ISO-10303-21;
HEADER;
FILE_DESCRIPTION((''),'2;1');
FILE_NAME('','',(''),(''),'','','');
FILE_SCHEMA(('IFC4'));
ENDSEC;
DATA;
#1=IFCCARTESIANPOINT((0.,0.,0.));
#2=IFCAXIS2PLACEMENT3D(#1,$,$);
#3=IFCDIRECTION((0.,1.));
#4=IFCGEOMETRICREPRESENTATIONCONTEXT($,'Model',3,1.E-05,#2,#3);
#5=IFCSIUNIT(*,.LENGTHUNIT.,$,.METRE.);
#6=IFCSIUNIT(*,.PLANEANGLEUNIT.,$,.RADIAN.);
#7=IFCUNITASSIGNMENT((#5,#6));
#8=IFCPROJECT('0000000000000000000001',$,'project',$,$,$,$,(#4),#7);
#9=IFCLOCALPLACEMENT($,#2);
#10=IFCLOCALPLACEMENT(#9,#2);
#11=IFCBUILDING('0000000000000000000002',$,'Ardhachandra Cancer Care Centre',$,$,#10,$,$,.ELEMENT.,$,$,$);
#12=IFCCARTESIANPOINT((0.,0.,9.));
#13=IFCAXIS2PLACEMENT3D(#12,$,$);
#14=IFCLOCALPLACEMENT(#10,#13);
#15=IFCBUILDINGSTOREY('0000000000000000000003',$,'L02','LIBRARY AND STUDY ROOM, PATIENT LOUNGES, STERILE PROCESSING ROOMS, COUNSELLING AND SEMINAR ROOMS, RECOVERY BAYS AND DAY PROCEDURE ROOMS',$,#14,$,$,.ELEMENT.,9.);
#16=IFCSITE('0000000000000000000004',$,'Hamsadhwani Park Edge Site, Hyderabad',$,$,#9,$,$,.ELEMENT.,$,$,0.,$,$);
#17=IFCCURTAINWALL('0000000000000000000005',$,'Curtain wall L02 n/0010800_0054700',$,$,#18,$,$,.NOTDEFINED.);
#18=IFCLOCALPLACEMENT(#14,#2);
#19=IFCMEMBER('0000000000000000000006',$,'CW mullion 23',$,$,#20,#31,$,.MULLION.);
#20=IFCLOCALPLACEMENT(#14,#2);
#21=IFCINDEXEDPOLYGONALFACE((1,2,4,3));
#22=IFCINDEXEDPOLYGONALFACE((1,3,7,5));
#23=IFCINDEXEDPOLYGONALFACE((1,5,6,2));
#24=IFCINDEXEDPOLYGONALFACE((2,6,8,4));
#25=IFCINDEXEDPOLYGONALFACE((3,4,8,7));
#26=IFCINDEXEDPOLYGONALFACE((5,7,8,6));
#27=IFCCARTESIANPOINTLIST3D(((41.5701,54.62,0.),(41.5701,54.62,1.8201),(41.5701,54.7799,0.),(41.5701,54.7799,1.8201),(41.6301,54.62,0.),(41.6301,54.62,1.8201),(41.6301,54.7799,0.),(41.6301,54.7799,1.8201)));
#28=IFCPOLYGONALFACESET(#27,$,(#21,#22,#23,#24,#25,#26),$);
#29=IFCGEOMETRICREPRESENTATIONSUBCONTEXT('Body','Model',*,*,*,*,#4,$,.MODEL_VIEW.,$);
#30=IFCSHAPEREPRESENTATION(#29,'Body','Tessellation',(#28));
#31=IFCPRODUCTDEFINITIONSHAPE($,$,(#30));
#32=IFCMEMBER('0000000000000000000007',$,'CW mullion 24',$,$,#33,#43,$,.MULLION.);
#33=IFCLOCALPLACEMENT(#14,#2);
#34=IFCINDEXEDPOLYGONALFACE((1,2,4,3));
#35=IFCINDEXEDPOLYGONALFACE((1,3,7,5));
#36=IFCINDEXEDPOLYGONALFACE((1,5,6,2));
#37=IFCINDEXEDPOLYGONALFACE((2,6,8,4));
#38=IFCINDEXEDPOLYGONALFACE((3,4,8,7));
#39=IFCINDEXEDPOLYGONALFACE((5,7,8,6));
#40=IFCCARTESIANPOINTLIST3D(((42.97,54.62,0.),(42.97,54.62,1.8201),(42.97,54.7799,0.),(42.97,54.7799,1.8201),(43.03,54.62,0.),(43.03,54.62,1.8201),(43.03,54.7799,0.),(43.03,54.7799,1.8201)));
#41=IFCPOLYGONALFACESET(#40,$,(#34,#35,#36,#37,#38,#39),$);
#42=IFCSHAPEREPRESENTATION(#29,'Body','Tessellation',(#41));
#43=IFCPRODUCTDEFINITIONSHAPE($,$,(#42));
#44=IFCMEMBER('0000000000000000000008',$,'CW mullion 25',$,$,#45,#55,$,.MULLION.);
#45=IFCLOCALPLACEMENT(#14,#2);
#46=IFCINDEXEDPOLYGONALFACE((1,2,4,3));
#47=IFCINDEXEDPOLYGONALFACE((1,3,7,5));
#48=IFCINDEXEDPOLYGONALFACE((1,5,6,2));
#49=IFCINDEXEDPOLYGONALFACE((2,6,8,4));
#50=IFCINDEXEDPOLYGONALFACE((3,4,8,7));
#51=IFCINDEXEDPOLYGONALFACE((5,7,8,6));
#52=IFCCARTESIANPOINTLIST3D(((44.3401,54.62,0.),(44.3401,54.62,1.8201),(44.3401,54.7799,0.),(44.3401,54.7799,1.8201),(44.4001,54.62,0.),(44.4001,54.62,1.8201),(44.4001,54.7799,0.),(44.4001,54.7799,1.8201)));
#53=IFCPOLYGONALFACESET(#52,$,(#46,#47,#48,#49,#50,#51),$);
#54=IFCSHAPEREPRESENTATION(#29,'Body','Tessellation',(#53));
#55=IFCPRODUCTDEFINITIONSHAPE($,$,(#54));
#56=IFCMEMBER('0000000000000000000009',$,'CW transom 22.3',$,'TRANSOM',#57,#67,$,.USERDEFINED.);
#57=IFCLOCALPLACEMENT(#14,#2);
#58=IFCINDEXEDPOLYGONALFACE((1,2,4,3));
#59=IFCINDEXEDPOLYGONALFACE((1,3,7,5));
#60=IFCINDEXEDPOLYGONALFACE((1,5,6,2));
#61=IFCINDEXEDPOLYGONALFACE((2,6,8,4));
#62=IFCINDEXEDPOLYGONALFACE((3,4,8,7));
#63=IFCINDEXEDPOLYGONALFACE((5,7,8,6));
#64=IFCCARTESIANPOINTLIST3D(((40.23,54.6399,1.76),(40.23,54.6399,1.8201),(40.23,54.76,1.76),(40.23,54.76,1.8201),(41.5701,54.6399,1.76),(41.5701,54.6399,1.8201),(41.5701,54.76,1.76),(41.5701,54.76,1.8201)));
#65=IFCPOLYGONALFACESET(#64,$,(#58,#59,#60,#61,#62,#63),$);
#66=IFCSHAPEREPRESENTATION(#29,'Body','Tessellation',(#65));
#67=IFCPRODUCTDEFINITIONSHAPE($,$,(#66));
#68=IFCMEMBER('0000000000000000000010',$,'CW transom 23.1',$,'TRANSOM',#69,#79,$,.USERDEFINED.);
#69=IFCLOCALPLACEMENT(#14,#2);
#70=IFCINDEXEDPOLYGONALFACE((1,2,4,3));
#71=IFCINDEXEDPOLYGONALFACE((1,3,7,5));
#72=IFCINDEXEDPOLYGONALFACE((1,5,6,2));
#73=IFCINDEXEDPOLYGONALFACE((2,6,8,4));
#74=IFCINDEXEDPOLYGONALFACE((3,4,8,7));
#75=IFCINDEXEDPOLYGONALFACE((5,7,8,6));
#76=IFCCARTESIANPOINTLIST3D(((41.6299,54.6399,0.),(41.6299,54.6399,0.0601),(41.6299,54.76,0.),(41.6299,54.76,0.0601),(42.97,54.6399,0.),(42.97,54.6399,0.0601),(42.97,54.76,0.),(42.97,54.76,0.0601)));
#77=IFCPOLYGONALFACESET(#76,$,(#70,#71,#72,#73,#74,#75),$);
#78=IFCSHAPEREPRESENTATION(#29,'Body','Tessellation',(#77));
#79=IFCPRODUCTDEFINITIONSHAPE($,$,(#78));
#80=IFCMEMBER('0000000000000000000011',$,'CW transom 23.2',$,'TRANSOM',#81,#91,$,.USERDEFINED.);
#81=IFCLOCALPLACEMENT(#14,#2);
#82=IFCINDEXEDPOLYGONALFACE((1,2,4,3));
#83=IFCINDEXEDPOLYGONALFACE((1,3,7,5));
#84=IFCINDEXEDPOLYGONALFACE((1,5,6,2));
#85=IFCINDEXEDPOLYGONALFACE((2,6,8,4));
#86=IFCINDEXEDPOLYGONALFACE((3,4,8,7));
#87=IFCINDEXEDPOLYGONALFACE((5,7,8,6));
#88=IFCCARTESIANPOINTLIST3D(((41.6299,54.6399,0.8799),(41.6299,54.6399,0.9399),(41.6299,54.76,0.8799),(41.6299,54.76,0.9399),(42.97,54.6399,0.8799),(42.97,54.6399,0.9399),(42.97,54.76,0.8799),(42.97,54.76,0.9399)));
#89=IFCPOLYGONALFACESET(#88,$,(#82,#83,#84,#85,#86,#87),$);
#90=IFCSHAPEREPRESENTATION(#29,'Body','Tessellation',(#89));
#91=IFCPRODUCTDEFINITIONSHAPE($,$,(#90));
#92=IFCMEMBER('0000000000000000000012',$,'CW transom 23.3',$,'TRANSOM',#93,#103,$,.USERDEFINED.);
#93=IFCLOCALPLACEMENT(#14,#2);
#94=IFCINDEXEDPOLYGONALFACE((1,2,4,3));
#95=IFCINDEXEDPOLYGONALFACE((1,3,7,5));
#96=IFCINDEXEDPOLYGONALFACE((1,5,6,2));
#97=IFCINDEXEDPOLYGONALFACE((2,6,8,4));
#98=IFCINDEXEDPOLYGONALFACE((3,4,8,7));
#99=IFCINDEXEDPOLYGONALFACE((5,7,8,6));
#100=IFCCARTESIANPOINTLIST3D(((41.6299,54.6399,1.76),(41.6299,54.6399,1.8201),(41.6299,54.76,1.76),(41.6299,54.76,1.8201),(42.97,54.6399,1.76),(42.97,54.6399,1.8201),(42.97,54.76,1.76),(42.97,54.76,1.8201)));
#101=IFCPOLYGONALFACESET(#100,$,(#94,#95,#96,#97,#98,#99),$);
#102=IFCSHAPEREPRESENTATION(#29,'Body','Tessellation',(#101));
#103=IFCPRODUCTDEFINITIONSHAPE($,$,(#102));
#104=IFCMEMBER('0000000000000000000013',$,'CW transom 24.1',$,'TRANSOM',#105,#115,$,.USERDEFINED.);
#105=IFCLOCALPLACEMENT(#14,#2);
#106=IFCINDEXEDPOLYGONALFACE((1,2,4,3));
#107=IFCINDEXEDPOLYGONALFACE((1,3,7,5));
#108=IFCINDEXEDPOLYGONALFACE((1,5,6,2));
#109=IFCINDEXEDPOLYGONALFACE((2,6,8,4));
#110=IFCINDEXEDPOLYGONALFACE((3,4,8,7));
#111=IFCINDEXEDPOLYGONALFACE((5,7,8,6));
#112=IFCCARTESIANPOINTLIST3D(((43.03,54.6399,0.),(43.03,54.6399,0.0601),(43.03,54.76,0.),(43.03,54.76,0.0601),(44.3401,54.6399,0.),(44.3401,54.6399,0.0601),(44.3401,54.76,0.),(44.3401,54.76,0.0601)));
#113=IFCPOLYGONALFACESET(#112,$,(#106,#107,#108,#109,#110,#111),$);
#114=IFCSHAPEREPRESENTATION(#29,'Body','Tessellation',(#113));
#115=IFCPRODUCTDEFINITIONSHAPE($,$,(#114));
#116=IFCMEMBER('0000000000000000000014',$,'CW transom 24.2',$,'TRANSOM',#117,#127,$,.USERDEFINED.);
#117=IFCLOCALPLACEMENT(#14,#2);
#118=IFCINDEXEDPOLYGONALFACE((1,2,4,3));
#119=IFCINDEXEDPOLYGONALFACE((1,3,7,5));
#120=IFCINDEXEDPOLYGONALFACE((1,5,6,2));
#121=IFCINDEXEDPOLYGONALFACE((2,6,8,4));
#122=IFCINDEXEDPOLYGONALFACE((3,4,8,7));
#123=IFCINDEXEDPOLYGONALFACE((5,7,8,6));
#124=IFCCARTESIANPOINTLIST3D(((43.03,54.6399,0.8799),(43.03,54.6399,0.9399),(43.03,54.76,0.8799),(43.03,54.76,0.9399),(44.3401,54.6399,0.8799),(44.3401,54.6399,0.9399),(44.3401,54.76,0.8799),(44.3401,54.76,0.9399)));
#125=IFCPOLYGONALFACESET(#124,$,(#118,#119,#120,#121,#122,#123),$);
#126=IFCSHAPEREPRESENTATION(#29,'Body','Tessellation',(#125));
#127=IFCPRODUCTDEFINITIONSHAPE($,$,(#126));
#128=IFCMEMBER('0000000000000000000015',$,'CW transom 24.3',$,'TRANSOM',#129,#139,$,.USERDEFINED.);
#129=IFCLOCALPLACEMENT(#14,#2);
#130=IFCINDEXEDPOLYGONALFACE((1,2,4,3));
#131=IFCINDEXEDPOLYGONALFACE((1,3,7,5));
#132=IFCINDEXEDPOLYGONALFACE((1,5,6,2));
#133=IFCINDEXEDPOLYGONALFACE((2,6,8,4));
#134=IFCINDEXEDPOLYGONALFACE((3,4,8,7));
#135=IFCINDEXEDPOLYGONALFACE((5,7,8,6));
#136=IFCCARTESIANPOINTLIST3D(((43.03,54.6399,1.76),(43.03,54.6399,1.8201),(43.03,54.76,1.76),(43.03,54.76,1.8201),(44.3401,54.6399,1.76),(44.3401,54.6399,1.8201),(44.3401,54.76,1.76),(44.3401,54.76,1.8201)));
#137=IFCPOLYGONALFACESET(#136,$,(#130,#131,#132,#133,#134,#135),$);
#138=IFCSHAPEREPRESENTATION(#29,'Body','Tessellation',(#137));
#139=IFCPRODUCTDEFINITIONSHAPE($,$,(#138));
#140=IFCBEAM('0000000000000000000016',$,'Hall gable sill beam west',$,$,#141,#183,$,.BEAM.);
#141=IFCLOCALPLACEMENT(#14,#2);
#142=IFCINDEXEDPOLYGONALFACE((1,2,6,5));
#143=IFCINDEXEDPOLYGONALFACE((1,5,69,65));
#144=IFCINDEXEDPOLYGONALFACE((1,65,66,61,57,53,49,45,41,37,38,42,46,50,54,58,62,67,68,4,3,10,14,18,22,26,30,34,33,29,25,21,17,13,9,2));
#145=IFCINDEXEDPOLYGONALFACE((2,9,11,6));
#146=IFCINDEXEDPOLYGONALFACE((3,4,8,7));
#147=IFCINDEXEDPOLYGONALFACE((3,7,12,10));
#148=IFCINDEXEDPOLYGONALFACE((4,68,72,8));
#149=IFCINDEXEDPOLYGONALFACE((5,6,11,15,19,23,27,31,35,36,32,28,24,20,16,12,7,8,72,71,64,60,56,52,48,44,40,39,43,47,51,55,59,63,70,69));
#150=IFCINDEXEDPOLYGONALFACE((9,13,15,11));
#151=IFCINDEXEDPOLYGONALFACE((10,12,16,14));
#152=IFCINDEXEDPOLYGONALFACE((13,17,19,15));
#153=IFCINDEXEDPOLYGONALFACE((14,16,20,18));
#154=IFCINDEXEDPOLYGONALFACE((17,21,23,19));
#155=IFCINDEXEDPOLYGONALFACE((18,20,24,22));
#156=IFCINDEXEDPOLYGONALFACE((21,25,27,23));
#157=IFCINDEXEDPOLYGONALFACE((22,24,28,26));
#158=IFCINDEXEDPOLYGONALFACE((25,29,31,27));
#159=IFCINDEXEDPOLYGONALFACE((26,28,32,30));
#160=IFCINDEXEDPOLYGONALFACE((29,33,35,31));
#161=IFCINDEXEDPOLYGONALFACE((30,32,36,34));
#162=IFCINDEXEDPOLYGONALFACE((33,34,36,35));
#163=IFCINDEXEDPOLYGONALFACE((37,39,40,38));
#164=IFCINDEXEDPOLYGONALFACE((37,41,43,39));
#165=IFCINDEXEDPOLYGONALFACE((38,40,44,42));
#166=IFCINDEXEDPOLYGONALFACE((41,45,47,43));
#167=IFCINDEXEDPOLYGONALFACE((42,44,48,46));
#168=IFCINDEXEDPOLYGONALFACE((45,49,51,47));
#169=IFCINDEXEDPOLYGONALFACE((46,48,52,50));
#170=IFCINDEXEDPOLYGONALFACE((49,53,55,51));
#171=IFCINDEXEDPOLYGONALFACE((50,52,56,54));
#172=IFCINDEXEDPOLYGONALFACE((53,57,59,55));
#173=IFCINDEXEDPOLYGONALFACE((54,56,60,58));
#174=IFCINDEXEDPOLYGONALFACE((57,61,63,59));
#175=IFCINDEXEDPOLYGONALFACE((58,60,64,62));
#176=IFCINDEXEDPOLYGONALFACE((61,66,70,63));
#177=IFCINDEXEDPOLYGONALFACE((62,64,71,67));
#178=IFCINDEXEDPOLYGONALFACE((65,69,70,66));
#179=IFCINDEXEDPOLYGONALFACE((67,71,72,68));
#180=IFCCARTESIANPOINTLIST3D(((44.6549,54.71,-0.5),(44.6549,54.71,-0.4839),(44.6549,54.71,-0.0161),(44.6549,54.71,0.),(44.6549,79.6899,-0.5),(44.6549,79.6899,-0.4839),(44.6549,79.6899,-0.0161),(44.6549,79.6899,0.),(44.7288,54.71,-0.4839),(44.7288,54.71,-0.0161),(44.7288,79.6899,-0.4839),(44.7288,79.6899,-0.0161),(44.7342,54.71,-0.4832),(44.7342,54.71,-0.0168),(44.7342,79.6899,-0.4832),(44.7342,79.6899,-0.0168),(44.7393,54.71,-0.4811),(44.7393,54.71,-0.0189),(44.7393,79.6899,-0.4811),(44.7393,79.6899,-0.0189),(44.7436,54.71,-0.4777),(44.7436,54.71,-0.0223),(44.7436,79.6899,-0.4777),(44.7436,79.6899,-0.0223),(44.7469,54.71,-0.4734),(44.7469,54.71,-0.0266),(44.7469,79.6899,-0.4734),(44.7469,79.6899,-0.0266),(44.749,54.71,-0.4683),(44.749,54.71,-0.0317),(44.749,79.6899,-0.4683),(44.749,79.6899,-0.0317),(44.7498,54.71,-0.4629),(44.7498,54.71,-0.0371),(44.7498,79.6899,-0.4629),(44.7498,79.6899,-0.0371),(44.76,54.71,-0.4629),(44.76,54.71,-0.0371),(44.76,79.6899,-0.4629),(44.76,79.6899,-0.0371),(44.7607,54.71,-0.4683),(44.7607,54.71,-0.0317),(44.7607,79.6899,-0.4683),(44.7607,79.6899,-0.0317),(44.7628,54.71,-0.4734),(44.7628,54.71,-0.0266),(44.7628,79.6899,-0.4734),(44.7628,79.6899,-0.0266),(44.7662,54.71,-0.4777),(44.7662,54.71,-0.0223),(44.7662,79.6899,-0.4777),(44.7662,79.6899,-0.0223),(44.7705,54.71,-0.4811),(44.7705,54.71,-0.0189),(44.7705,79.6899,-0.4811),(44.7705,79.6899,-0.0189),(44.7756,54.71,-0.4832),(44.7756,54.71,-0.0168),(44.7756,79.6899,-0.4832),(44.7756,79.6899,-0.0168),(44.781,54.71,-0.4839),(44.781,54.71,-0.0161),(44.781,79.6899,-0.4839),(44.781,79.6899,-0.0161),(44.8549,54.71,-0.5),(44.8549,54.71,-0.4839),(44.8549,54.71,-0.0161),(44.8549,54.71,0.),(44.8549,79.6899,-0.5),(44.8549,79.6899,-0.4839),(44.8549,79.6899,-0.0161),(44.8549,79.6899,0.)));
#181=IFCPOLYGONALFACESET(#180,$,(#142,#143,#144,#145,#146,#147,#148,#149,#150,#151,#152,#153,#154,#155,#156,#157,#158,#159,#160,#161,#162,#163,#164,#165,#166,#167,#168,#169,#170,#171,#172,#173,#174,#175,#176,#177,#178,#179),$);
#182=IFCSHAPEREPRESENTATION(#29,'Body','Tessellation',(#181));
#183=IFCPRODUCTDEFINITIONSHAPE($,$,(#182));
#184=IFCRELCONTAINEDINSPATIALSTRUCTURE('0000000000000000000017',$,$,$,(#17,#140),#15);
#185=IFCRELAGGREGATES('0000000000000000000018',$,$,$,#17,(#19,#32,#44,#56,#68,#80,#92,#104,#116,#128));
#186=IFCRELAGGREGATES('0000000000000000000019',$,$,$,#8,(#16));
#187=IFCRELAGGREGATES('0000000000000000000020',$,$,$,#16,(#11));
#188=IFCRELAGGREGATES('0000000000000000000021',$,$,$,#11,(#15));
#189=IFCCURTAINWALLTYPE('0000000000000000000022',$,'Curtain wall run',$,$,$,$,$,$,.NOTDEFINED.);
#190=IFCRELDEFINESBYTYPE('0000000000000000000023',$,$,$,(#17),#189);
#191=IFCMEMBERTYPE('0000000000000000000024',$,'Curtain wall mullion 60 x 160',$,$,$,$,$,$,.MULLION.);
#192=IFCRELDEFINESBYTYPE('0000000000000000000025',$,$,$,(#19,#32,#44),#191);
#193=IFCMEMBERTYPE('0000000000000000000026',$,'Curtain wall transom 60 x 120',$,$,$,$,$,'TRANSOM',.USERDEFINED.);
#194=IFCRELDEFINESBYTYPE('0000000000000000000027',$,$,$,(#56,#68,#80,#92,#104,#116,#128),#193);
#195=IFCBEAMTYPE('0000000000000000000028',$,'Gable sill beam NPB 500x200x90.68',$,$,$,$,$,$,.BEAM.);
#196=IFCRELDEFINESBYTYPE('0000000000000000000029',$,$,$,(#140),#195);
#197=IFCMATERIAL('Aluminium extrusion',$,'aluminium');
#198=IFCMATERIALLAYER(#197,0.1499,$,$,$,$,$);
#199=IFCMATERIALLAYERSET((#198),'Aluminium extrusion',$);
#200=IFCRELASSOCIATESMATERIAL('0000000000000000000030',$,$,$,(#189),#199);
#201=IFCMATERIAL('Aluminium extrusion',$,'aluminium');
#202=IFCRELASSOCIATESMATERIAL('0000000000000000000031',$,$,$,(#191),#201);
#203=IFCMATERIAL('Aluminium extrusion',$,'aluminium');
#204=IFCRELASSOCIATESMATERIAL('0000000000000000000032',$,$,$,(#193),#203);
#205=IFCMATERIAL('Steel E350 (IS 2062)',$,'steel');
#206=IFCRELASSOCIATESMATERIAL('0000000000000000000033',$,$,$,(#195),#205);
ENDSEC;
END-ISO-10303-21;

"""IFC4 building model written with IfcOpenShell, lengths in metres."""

from ifc_helpers import new_model, si_unit, direction, frame, origin, origin_2d, place, context, subcontext, project, spatial, rectangle, i_section, extrude, material, layer, layer_set, material_profile, profile_set, type_object, element, aggregate, save


model = new_model("IFC4")

# Units and contexts
model_context = context("Model", 3, precision=1e-05, world=origin(), true_north=direction((0.0, 1.0)))
body_context = subcontext(model_context, "Body", "Model", "MODEL_VIEW")
ifc_project = project(units=[si_unit("LENGTHUNIT", "METRE"), si_unit("PLANEANGLEUNIT", "RADIAN")], contexts=[model_context])

# Site, building, storey
site_placement = place(None, origin())
site = spatial("IfcSite", under=ifc_project, at=site_placement, Name="Hamsadhwani Park Edge Site, Hyderabad", CompositionType="ELEMENT", RefElevation=0.0)
building_placement = place(site_placement, origin())
building = spatial("IfcBuilding", under=site, at=building_placement, Name="Ardhachandra Cancer Care Centre", CompositionType="ELEMENT")
storey_placement = place(building_placement, frame((0.0, 0.0, 9.0)))
storey = spatial("IfcBuildingStorey", under=building, at=storey_placement, Name="L02", Description="LIBRARY AND STUDY ROOM, PATIENT LOUNGES, STERILE PROCESSING ROOMS, COUNSELLING AND SEMINAR ROOMS, RECOVERY BAYS AND DAY PROCEDURE ROOMS", CompositionType="ELEMENT", Elevation=9.0)

# Curtain wall, members
ifc_material_1 = material(Name="Aluminium extrusion", Category="aluminium")
ifc_layer_1 = layer(ifc_material_1, 0.1499)
ifc_layer_set_1 = layer_set([ifc_layer_1], Name="Aluminium extrusion")
curtain_wall_type = type_object("IfcCurtainWallType", Name="Curtain wall run", PredefinedType="NOTDEFINED", material=ifc_layer_set_1)
curtain_wall_placement = place(storey_placement, origin())
curtain_wall = element("IfcCurtainWall", 1, at=curtain_wall_placement, inside=storey, type_object=curtain_wall_type, Name="Curtain wall L02 n/0010800_0054700", PredefinedType="NOTDEFINED")
ifc_material_2 = material(Name="Aluminium extrusion", Category="aluminium")
ifc_material_profile_1 = material_profile(ifc_material_2, rectangle(XDim=0.1599, YDim=0.0601, at=origin_2d()), Name="Curtain wall mullion 60 x 160")
ifc_profile_set_1 = profile_set([ifc_material_profile_1], Name="Aluminium extrusion")
member_type_1 = type_object("IfcMemberType", Name="Curtain wall mullion 60 x 160", PredefinedType="MULLION", material=ifc_profile_set_1)
member_1_placement = place(storey_placement, frame((41.6001, 54.7, 0.0), z_axis=(0.0, 0.0, 1.0), x_axis=(0.0, 1.0, 0.0)))
member_1 = element("IfcMember", 2, at=member_1_placement, type_object=member_type_1, Name="CW mullion 23", PredefinedType="MULLION", context=body_context, shape_type="SweptSolid", body=[
    extrude(rectangle(XDim=0.1599, YDim=0.0601, at=origin_2d()), origin(), (0.0, 0.0, 1.0), 1.8201),
])
member_2_placement = place(storey_placement, frame((43.0, 54.7, 0.0), z_axis=(0.0, 0.0, 1.0), x_axis=(0.0, 1.0, 0.0)))
member_2 = element("IfcMember", 3, at=member_2_placement, type_object=member_type_1, Name="CW mullion 24", PredefinedType="MULLION", context=body_context, shape_type="SweptSolid", body=[
    extrude(rectangle(XDim=0.1599, YDim=0.0601, at=origin_2d()), origin(), (0.0, 0.0, 1.0), 1.8201),
])
member_3_placement = place(storey_placement, frame((44.3701, 54.7, 0.0), z_axis=(0.0, 0.0, 1.0), x_axis=(0.0, 1.0, 0.0)))
member_3 = element("IfcMember", 4, at=member_3_placement, type_object=member_type_1, Name="CW mullion 25", PredefinedType="MULLION", context=body_context, shape_type="SweptSolid", body=[
    extrude(rectangle(XDim=0.1599, YDim=0.0601, at=origin_2d()), origin(), (0.0, 0.0, 1.0), 1.8201),
])
ifc_material_3 = material(Name="Aluminium extrusion", Category="aluminium")
ifc_material_profile_2 = material_profile(ifc_material_3, rectangle(XDim=0.1201, YDim=0.0601, at=origin_2d()), Name="Curtain wall transom 60 x 120")
ifc_profile_set_2 = profile_set([ifc_material_profile_2], Name="Aluminium extrusion")
member_type_2 = type_object("IfcMemberType", Name="Curtain wall transom 60 x 120", ElementType="TRANSOM", PredefinedType="USERDEFINED", material=ifc_profile_set_2)
member_4_placement = place(storey_placement, frame((40.23, 54.7, 1.79), z_axis=(1.0, 0.0, 0.0), x_axis=(0.0, 1.0, 0.0)))
member_4 = element("IfcMember", 5, at=member_4_placement, type_object=member_type_2, Name="CW transom 22.3", ObjectType="TRANSOM", PredefinedType="USERDEFINED", context=body_context, shape_type="SweptSolid", body=[
    extrude(rectangle(XDim=0.1201, YDim=0.0601, at=origin_2d()), origin(), (0.0, 0.0, 1.0), 1.3401),
])
member_5_placement = place(storey_placement, frame((41.6299, 54.7, 0.03), z_axis=(1.0, 0.0, 0.0), x_axis=(0.0, 1.0, 0.0)))
member_5 = element("IfcMember", 6, at=member_5_placement, type_object=member_type_2, Name="CW transom 23.1", ObjectType="TRANSOM", PredefinedType="USERDEFINED", context=body_context, shape_type="SweptSolid", body=[
    extrude(rectangle(XDim=0.1201, YDim=0.0601, at=origin_2d()), origin(), (0.0, 0.0, 1.0), 1.3401),
])
member_6_placement = place(storey_placement, frame((41.6299, 54.7, 0.9099), z_axis=(1.0, 0.0, 0.0), x_axis=(0.0, 1.0, 0.0)))
member_6 = element("IfcMember", 7, at=member_6_placement, type_object=member_type_2, Name="CW transom 23.2", ObjectType="TRANSOM", PredefinedType="USERDEFINED", context=body_context, shape_type="SweptSolid", body=[
    extrude(rectangle(XDim=0.1201, YDim=0.0601, at=origin_2d()), origin(), (0.0, 0.0, 1.0), 1.3401),
])
member_7_placement = place(storey_placement, frame((41.6299, 54.7, 1.79), z_axis=(1.0, 0.0, 0.0), x_axis=(0.0, 1.0, 0.0)))
member_7 = element("IfcMember", 8, at=member_7_placement, type_object=member_type_2, Name="CW transom 23.3", ObjectType="TRANSOM", PredefinedType="USERDEFINED", context=body_context, shape_type="SweptSolid", body=[
    extrude(rectangle(XDim=0.1201, YDim=0.0601, at=origin_2d()), origin(), (0.0, 0.0, 1.0), 1.3401),
])
member_8_placement = place(storey_placement, frame((43.03, 54.7, 0.03), z_axis=(1.0, 0.0, 0.0), x_axis=(0.0, 1.0, 0.0)))
member_8 = element("IfcMember", 9, at=member_8_placement, type_object=member_type_2, Name="CW transom 24.1", ObjectType="TRANSOM", PredefinedType="USERDEFINED", context=body_context, shape_type="SweptSolid", body=[
    extrude(rectangle(XDim=0.1201, YDim=0.0601, at=origin_2d()), origin(), (0.0, 0.0, 1.0), 1.3101),
])
member_9_placement = place(storey_placement, frame((43.03, 54.7, 0.9099), z_axis=(1.0, 0.0, 0.0), x_axis=(0.0, 1.0, 0.0)))
member_9 = element("IfcMember", 10, at=member_9_placement, type_object=member_type_2, Name="CW transom 24.2", ObjectType="TRANSOM", PredefinedType="USERDEFINED", context=body_context, shape_type="SweptSolid", body=[
    extrude(rectangle(XDim=0.1201, YDim=0.0601, at=origin_2d()), origin(), (0.0, 0.0, 1.0), 1.3101),
])
member_10_placement = place(storey_placement, frame((43.03, 54.7, 1.79), z_axis=(1.0, 0.0, 0.0), x_axis=(0.0, 1.0, 0.0)))
member_10 = element("IfcMember", 11, at=member_10_placement, type_object=member_type_2, Name="CW transom 24.3", ObjectType="TRANSOM", PredefinedType="USERDEFINED", context=body_context, shape_type="SweptSolid", body=[
    extrude(rectangle(XDim=0.1201, YDim=0.0601, at=origin_2d()), origin(), (0.0, 0.0, 1.0), 1.3101),
])

# Beam
ifc_material_4 = material(Name="Steel E350 (IS 2062)", Category="steel")
ifc_material_profile_3 = material_profile(ifc_material_4, i_section(OverallWidth=0.2, OverallDepth=0.5, WebThickness=0.0103, FlangeThickness=0.0161, FilletRadius=0.021, at=origin_2d()), Name="NPB 500x200x90.68")
ifc_profile_set_3 = profile_set([ifc_material_profile_3], Name="Steel E350 (IS 2062)")
beam_type = type_object("IfcBeamType", Name="Gable sill beam NPB 500x200x90.68", PredefinedType="BEAM", material=ifc_profile_set_3)
beam_placement = place(storey_placement, frame((44.7549, 54.71, -0.25), z_axis=(0.0, 1.0, 0.0), x_axis=(-1.0, 0.0, 0.0)))
element("IfcBeam", 12, at=beam_placement, inside=storey, type_object=beam_type, Name="Hall gable sill beam west", PredefinedType="BEAM", context=body_context, shape_type="SweptSolid", body=[
    extrude(i_section(OverallWidth=0.2, OverallDepth=0.5, WebThickness=0.0103, FlangeThickness=0.0161, FilletRadius=0.021, at=origin_2d()), origin(), (0.0, 0.0, 1.0), 24.98),
])

aggregate(curtain_wall, [member_1, member_2, member_3, member_4, member_5, member_6, member_7, member_8, member_9, member_10])

save(model, "model.ifc")
